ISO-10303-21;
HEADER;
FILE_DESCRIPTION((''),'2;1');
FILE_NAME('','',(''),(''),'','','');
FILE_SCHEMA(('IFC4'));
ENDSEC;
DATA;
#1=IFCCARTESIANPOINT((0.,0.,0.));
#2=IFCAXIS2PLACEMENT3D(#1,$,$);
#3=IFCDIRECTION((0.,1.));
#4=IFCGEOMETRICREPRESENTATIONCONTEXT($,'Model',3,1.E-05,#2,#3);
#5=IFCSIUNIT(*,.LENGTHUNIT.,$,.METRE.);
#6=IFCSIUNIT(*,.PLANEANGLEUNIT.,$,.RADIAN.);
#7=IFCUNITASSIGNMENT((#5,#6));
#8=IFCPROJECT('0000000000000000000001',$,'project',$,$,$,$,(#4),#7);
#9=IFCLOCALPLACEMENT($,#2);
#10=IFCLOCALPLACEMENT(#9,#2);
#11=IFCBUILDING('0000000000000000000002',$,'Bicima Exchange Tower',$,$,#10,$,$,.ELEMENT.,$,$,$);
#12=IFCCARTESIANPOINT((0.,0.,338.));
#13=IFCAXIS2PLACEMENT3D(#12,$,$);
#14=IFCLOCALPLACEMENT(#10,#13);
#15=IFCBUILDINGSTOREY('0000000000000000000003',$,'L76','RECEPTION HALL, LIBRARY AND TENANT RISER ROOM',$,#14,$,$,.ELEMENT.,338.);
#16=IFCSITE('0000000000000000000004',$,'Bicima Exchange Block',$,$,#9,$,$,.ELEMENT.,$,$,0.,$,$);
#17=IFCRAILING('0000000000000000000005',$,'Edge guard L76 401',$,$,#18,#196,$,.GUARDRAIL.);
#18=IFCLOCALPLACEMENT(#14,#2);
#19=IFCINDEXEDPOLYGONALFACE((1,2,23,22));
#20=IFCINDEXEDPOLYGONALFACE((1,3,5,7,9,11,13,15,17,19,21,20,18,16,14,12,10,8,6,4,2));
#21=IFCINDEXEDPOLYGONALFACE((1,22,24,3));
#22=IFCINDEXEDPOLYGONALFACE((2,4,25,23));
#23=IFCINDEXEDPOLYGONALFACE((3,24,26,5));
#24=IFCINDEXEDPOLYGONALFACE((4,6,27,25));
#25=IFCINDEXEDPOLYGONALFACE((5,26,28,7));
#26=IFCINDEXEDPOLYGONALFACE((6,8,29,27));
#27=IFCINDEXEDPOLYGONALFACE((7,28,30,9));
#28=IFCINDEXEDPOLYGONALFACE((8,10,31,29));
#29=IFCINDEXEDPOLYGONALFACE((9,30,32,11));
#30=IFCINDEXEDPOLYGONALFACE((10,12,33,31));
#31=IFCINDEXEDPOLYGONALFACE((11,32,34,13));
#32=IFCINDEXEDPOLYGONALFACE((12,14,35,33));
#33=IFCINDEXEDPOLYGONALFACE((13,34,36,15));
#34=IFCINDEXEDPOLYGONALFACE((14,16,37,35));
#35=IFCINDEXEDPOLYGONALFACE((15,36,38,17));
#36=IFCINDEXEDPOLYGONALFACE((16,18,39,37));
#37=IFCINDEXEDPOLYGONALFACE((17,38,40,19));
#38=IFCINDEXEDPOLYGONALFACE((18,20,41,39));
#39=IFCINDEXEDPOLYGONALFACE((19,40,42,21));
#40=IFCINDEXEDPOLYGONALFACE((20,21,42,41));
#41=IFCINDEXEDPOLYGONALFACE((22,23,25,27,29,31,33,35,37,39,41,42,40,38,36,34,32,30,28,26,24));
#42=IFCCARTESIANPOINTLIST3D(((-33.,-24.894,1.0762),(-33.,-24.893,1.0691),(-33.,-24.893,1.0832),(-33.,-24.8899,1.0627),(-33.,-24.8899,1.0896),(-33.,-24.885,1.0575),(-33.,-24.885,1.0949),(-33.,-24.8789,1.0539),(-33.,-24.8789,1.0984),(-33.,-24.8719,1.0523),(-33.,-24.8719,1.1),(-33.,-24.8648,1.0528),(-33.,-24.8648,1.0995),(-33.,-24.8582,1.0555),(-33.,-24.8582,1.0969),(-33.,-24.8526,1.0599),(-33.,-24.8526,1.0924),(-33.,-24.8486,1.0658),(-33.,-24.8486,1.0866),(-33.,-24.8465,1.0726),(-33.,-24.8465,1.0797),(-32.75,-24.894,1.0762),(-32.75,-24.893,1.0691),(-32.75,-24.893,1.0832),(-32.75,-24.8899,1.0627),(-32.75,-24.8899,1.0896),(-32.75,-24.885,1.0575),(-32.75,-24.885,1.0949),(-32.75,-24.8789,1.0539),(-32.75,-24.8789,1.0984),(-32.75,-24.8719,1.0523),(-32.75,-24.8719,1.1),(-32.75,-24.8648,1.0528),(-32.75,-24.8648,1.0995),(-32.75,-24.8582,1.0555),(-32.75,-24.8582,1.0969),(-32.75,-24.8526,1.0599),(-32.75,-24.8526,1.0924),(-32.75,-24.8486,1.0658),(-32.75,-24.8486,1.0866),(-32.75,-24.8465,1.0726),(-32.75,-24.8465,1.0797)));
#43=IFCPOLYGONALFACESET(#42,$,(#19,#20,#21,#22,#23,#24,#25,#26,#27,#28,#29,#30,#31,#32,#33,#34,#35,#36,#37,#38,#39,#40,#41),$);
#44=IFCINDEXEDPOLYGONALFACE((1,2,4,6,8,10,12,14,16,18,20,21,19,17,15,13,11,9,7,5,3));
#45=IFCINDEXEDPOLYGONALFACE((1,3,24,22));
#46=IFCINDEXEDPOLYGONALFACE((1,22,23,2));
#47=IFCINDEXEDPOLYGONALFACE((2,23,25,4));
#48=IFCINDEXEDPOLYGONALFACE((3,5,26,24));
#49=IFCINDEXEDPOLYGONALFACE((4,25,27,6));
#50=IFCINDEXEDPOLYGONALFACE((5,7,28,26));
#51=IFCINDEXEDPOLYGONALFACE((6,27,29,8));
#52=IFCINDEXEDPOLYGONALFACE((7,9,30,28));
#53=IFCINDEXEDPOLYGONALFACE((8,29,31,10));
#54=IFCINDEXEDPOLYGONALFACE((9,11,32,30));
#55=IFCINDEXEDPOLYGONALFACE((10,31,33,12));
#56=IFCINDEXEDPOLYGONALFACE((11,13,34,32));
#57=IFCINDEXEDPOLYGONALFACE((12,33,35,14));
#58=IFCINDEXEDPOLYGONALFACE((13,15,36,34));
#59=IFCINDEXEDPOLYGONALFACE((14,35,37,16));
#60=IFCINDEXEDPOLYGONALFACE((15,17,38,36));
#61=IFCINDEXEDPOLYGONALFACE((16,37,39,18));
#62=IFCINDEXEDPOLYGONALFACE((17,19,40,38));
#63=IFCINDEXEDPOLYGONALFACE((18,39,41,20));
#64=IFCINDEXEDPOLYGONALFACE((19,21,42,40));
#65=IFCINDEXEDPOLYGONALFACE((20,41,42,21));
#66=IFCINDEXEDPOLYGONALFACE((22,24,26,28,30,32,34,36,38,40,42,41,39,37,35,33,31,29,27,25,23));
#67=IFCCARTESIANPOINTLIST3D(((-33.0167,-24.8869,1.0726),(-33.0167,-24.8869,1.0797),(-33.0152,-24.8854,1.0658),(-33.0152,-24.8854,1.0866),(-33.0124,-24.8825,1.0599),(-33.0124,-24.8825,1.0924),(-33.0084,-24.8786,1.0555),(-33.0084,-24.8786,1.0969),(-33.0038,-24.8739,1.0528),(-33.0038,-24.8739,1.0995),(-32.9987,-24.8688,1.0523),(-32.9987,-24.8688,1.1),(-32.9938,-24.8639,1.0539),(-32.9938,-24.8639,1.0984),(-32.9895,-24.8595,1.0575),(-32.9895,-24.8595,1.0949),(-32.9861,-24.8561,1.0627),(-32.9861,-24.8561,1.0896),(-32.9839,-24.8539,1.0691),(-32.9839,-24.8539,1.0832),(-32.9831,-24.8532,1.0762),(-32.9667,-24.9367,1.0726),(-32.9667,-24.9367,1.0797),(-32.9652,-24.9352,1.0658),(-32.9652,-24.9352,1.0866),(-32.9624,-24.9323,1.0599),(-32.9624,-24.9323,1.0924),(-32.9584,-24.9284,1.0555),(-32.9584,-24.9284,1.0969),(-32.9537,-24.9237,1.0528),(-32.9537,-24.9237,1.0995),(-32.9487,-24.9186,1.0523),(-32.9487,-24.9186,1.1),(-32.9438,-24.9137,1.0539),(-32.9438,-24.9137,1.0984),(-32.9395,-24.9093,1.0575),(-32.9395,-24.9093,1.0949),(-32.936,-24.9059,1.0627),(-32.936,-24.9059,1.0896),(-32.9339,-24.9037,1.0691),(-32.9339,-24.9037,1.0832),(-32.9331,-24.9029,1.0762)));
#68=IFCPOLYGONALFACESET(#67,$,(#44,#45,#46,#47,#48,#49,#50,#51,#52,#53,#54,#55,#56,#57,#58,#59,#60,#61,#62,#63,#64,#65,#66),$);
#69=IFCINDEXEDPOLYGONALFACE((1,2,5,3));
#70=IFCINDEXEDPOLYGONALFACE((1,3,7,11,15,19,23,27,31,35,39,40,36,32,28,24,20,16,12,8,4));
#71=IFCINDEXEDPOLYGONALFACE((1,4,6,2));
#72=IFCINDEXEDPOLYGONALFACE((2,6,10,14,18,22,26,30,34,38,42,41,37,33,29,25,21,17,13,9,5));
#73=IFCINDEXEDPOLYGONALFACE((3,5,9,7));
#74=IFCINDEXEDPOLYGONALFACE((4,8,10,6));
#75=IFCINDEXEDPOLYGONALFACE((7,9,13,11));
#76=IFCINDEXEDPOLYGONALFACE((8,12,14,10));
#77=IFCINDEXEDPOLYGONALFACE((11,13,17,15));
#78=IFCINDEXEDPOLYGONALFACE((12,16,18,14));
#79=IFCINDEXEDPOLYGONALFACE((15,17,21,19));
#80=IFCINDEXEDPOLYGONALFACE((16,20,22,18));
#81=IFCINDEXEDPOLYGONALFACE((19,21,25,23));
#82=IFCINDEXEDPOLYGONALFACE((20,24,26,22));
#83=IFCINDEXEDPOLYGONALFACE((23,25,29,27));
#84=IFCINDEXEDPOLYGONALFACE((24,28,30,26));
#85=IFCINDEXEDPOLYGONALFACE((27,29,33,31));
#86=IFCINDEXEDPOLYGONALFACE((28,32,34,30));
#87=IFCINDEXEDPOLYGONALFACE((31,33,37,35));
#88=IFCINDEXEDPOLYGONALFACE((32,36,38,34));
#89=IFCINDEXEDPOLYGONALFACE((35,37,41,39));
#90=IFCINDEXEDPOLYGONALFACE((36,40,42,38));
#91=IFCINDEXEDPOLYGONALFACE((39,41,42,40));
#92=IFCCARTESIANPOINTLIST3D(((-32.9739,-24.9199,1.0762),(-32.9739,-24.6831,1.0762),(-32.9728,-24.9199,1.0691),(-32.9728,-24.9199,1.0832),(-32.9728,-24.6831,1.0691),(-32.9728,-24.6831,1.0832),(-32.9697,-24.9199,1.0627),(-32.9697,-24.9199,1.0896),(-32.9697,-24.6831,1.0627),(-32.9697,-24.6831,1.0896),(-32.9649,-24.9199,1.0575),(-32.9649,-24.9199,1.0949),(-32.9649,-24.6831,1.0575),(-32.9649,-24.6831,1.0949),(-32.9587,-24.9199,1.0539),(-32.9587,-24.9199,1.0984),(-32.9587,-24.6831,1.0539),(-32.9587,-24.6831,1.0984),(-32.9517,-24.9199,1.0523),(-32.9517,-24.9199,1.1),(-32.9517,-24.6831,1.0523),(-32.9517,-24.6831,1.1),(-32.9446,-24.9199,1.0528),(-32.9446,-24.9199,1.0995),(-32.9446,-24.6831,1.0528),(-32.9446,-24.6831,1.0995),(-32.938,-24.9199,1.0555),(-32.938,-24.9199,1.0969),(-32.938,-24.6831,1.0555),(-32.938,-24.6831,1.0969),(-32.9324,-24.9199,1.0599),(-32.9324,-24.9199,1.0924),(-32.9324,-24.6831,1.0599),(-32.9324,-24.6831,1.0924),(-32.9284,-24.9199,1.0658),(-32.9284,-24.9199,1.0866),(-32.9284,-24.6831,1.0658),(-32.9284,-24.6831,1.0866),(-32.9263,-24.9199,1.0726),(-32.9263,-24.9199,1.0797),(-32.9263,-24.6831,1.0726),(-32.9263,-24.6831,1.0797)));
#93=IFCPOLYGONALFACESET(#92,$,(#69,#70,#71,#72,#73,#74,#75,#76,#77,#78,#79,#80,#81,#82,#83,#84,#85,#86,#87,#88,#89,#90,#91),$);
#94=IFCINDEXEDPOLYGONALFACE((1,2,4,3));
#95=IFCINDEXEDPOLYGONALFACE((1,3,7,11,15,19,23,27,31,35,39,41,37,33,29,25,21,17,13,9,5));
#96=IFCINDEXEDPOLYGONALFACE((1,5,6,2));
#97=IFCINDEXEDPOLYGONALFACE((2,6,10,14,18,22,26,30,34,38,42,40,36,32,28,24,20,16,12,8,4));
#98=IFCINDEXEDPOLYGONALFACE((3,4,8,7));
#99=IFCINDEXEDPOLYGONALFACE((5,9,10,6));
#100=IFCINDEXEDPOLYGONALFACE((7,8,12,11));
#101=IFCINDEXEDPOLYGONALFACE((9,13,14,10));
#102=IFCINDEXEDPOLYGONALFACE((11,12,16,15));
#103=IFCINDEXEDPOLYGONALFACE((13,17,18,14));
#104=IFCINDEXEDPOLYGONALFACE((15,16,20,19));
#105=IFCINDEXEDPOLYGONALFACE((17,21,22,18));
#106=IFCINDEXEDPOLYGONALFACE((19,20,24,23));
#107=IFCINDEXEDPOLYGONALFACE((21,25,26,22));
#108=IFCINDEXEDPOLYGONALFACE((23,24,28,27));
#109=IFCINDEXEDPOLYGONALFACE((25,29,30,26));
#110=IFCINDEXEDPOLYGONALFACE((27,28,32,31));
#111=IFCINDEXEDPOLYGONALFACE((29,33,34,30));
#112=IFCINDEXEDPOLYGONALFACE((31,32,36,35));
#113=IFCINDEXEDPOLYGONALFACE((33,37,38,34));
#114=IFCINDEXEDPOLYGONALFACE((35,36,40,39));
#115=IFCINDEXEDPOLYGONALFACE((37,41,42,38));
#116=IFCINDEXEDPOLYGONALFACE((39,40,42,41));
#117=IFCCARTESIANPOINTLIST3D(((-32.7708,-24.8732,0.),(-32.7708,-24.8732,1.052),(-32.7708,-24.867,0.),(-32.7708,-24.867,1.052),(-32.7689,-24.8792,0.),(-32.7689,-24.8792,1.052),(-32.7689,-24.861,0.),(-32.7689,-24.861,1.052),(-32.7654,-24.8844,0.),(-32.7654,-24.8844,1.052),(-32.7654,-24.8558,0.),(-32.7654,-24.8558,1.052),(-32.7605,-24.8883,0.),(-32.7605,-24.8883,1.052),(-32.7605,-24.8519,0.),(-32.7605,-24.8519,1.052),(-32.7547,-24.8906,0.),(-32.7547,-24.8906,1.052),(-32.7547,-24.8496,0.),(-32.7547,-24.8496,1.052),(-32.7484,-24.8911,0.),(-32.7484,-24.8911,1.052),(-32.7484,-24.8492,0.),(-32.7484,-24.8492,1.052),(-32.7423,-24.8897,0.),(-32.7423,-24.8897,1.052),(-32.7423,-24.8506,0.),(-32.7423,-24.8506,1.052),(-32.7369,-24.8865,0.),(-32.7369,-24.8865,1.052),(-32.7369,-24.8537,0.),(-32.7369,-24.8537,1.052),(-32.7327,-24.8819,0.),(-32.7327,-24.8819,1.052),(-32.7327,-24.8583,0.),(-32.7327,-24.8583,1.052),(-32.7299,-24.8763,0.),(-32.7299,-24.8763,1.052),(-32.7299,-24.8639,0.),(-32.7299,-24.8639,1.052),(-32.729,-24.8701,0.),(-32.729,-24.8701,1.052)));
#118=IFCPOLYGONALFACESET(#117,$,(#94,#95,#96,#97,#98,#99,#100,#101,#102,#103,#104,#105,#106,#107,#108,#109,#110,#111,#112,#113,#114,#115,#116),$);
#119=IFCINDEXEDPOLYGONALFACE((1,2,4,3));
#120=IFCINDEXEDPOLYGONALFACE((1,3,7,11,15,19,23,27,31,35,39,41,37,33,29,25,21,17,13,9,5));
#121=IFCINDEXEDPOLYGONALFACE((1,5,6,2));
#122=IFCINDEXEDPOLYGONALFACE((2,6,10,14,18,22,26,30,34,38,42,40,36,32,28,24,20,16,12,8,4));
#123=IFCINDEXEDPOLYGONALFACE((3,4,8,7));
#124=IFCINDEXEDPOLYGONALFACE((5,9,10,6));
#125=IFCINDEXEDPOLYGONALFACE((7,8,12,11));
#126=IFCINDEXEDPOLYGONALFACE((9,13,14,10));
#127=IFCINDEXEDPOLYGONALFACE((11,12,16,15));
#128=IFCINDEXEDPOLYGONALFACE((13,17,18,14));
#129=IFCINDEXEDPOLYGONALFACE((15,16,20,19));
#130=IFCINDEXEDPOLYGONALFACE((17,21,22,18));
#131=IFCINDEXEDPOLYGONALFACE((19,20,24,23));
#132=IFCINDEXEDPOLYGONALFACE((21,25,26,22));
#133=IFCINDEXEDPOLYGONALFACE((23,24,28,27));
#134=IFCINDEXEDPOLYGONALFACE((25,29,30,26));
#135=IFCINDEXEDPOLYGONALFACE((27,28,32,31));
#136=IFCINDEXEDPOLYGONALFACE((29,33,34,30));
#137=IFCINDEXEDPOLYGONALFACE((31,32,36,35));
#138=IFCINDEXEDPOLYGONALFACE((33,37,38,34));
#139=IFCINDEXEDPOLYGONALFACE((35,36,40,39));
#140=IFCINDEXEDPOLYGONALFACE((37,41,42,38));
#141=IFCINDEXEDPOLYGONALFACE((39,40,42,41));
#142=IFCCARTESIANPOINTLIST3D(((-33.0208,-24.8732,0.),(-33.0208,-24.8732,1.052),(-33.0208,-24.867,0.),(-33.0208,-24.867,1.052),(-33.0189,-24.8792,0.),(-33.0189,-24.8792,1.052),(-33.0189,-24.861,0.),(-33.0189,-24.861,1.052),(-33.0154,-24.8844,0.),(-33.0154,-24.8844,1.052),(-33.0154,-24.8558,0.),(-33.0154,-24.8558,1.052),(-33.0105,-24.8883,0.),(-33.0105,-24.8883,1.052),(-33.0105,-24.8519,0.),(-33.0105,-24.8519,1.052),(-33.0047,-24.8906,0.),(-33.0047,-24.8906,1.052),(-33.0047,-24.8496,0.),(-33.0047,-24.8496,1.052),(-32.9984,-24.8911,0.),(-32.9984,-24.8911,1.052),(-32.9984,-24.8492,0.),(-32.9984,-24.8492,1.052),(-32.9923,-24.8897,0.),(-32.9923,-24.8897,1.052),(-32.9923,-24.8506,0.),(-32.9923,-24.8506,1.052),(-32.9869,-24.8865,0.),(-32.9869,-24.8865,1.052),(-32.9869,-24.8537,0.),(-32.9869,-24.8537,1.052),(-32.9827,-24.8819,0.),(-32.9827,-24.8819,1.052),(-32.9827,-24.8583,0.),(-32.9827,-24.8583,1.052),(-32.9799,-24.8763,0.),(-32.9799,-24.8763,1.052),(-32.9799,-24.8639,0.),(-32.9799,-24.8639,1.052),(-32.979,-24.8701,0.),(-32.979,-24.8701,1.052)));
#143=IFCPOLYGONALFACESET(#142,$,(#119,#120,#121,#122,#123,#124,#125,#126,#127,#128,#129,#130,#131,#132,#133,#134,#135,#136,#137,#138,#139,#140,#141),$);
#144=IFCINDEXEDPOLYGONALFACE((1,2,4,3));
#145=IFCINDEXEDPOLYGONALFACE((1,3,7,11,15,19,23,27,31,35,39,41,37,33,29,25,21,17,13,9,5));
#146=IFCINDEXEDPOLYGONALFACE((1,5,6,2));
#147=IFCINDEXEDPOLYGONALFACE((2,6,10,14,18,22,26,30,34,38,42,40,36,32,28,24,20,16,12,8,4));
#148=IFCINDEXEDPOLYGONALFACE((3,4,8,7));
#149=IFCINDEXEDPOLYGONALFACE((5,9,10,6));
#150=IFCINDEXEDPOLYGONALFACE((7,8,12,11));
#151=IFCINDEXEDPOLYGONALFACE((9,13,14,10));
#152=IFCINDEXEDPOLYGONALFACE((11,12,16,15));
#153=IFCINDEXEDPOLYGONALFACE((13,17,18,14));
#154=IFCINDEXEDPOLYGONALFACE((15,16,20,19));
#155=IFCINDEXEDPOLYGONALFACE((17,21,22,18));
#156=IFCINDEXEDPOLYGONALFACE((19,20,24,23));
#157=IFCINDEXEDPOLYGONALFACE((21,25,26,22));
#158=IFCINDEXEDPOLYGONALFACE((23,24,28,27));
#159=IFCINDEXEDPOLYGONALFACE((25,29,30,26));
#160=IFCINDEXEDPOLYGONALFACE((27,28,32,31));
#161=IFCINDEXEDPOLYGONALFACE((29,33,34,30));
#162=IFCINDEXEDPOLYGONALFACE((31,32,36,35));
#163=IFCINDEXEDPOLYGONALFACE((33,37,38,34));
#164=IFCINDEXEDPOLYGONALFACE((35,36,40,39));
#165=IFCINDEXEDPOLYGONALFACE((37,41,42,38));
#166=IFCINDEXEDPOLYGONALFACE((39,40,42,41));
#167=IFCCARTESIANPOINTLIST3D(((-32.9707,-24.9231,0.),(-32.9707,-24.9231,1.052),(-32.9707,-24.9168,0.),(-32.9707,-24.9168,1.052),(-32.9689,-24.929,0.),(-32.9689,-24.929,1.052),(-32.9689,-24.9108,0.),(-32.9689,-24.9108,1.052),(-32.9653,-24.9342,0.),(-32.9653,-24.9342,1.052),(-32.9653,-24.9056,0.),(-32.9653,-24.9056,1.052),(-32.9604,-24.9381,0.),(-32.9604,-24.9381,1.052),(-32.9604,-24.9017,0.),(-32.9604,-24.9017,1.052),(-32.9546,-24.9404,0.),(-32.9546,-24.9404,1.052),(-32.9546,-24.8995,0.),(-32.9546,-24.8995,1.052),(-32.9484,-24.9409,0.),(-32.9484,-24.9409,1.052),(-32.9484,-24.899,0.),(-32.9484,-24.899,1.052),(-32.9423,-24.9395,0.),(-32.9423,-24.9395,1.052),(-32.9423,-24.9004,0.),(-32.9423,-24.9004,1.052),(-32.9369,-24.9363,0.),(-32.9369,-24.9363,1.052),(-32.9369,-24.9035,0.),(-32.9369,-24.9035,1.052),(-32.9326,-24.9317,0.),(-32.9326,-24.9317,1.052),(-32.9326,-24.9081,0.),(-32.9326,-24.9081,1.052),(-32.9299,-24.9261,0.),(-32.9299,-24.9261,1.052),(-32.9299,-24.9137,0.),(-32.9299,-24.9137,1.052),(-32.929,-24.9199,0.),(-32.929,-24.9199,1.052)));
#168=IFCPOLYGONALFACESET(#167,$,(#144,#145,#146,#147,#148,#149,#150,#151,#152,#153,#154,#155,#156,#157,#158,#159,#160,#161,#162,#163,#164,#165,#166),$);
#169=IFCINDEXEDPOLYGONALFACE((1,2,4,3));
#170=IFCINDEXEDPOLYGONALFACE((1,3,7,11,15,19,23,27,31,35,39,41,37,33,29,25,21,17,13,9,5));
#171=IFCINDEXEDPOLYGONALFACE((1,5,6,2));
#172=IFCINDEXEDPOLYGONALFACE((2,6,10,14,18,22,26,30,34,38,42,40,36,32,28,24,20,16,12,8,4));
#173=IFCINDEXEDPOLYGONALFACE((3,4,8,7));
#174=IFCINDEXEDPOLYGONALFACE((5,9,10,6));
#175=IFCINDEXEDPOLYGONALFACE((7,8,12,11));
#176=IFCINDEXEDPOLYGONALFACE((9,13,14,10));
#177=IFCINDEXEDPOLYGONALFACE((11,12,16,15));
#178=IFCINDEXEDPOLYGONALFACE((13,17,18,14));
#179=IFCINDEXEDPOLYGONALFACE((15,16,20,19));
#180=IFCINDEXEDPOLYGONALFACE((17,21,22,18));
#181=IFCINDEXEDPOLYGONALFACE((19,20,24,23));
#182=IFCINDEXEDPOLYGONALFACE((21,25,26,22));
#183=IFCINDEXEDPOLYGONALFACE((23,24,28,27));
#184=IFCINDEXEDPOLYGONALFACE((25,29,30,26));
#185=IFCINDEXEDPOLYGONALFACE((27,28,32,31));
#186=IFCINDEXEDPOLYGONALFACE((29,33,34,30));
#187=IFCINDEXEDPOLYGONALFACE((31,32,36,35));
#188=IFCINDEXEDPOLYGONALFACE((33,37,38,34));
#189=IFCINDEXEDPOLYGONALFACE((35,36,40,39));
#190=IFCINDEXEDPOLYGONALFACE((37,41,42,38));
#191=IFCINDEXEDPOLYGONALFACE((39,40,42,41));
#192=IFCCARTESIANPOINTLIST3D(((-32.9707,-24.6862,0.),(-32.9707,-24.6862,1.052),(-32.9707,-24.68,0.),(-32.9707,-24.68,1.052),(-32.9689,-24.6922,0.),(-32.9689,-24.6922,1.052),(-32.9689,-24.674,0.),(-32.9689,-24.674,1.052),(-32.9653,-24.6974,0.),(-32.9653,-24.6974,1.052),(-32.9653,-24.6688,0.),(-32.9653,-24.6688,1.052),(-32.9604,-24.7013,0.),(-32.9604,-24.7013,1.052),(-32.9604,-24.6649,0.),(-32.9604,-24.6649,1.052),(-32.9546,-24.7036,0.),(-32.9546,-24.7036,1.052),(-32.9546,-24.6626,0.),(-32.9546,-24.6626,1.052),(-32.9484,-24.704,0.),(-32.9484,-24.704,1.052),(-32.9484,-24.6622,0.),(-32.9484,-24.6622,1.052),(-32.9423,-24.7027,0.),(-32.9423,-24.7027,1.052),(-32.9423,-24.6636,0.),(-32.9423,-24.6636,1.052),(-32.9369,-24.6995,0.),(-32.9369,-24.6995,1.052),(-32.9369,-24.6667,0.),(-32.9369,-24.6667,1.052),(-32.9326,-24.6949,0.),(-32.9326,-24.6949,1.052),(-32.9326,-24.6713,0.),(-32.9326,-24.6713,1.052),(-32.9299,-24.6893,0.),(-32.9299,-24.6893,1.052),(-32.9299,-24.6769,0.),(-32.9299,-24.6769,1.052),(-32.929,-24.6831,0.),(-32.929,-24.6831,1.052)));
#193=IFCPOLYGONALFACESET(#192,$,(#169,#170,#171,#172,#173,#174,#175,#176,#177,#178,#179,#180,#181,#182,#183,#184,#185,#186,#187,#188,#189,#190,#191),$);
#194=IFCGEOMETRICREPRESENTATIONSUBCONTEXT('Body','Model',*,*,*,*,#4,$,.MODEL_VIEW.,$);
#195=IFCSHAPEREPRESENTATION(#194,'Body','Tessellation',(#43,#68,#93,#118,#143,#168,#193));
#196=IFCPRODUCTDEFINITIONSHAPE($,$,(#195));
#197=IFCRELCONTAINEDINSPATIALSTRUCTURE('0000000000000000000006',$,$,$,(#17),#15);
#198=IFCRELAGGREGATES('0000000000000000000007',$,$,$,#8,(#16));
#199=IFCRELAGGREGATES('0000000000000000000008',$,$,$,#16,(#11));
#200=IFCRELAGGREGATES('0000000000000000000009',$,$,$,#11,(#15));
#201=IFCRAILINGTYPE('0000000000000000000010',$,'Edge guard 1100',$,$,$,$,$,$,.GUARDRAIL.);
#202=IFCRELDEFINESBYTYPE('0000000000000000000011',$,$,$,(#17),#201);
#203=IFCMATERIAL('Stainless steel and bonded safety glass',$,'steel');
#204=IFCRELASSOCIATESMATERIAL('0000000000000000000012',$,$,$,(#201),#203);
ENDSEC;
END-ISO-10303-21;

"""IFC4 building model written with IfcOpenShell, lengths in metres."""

from ifc_helpers import new_model, si_unit, direction, frame, origin, origin_2d, place, context, subcontext, project, spatial, circle, extrude, material, type_object, element, save


model = new_model("IFC4")

# Units and contexts
model_context = context("Model", 3, precision=1e-05, world=origin(), true_north=direction((0.0, 1.0)))
body_context = subcontext(model_context, "Body", "Model", "MODEL_VIEW")
ifc_project = project(units=[si_unit("LENGTHUNIT", "METRE"), si_unit("PLANEANGLEUNIT", "RADIAN")], contexts=[model_context])

# Site, building, storey
site_placement = place(None, origin())
site = spatial("IfcSite", under=ifc_project, at=site_placement, Name="Bicima Exchange Block", CompositionType="ELEMENT", RefElevation=0.0)
building_placement = place(site_placement, origin())
building = spatial("IfcBuilding", under=site, at=building_placement, Name="Bicima Exchange Tower", CompositionType="ELEMENT")
storey_placement = place(building_placement, frame((0.0, 0.0, 338.0)))
storey = spatial("IfcBuildingStorey", under=building, at=storey_placement, Name="L76", Description="RECEPTION HALL, LIBRARY AND TENANT RISER ROOM", CompositionType="ELEMENT", Elevation=338.0)

# Railing
ifc_material_1 = material(Name="Stainless steel and bonded safety glass", Category="steel")
railing_type = type_object("IfcRailingType", Name="Edge guard 1100", PredefinedType="GUARDRAIL", material=ifc_material_1)
railing_placement = place(storey_placement, frame((-32.75, -24.8701, 0.0)))
element("IfcRailing", 1, at=railing_placement, inside=storey, type_object=railing_type, Name="Edge guard L76 401", PredefinedType="GUARDRAIL", context=body_context, shape_type="SweptSolid", body=[
    extrude(circle(Radius=0.0239, at=origin_2d()), frame((0.0, 0.0, 1.0762), z_axis=(-1.0, 0.0, 0.0), x_axis=(0.0, -1.0, 0.0)), (0.0, 0.0, 1.0), 0.25),
    extrude(circle(Radius=0.0239, at=origin_2d()), frame((-0.25, 0.0, 1.0762), z_axis=(0.708834, -0.705376, 0.0), x_axis=(0.705376, 0.708834, 0.0)), (0.0, 0.0, 1.0), 0.0706),
    extrude(circle(Radius=0.0239, at=origin_2d()), frame((-0.2, -0.0498, 1.0762), z_axis=(0.0, 1.0, 0.0), x_axis=(-1.0, 0.0, 0.0)), (0.0, 0.0, 1.0), 0.2368),
    extrude(circle(Radius=0.021, at=origin_2d()), origin(), (0.0, 0.0, 1.0), 1.052),
    extrude(circle(Radius=0.021, at=origin_2d()), frame((-0.25, 0.0, 0.0)), (0.0, 0.0, 1.0), 1.052),
    extrude(circle(Radius=0.021, at=origin_2d()), frame((-0.2, -0.0498, 0.0)), (0.0, 0.0, 1.0), 1.052),
    extrude(circle(Radius=0.021, at=origin_2d()), frame((-0.2, 0.187, 0.0)), (0.0, 0.0, 1.0), 1.052),
])

save(model, "model.ifc")
